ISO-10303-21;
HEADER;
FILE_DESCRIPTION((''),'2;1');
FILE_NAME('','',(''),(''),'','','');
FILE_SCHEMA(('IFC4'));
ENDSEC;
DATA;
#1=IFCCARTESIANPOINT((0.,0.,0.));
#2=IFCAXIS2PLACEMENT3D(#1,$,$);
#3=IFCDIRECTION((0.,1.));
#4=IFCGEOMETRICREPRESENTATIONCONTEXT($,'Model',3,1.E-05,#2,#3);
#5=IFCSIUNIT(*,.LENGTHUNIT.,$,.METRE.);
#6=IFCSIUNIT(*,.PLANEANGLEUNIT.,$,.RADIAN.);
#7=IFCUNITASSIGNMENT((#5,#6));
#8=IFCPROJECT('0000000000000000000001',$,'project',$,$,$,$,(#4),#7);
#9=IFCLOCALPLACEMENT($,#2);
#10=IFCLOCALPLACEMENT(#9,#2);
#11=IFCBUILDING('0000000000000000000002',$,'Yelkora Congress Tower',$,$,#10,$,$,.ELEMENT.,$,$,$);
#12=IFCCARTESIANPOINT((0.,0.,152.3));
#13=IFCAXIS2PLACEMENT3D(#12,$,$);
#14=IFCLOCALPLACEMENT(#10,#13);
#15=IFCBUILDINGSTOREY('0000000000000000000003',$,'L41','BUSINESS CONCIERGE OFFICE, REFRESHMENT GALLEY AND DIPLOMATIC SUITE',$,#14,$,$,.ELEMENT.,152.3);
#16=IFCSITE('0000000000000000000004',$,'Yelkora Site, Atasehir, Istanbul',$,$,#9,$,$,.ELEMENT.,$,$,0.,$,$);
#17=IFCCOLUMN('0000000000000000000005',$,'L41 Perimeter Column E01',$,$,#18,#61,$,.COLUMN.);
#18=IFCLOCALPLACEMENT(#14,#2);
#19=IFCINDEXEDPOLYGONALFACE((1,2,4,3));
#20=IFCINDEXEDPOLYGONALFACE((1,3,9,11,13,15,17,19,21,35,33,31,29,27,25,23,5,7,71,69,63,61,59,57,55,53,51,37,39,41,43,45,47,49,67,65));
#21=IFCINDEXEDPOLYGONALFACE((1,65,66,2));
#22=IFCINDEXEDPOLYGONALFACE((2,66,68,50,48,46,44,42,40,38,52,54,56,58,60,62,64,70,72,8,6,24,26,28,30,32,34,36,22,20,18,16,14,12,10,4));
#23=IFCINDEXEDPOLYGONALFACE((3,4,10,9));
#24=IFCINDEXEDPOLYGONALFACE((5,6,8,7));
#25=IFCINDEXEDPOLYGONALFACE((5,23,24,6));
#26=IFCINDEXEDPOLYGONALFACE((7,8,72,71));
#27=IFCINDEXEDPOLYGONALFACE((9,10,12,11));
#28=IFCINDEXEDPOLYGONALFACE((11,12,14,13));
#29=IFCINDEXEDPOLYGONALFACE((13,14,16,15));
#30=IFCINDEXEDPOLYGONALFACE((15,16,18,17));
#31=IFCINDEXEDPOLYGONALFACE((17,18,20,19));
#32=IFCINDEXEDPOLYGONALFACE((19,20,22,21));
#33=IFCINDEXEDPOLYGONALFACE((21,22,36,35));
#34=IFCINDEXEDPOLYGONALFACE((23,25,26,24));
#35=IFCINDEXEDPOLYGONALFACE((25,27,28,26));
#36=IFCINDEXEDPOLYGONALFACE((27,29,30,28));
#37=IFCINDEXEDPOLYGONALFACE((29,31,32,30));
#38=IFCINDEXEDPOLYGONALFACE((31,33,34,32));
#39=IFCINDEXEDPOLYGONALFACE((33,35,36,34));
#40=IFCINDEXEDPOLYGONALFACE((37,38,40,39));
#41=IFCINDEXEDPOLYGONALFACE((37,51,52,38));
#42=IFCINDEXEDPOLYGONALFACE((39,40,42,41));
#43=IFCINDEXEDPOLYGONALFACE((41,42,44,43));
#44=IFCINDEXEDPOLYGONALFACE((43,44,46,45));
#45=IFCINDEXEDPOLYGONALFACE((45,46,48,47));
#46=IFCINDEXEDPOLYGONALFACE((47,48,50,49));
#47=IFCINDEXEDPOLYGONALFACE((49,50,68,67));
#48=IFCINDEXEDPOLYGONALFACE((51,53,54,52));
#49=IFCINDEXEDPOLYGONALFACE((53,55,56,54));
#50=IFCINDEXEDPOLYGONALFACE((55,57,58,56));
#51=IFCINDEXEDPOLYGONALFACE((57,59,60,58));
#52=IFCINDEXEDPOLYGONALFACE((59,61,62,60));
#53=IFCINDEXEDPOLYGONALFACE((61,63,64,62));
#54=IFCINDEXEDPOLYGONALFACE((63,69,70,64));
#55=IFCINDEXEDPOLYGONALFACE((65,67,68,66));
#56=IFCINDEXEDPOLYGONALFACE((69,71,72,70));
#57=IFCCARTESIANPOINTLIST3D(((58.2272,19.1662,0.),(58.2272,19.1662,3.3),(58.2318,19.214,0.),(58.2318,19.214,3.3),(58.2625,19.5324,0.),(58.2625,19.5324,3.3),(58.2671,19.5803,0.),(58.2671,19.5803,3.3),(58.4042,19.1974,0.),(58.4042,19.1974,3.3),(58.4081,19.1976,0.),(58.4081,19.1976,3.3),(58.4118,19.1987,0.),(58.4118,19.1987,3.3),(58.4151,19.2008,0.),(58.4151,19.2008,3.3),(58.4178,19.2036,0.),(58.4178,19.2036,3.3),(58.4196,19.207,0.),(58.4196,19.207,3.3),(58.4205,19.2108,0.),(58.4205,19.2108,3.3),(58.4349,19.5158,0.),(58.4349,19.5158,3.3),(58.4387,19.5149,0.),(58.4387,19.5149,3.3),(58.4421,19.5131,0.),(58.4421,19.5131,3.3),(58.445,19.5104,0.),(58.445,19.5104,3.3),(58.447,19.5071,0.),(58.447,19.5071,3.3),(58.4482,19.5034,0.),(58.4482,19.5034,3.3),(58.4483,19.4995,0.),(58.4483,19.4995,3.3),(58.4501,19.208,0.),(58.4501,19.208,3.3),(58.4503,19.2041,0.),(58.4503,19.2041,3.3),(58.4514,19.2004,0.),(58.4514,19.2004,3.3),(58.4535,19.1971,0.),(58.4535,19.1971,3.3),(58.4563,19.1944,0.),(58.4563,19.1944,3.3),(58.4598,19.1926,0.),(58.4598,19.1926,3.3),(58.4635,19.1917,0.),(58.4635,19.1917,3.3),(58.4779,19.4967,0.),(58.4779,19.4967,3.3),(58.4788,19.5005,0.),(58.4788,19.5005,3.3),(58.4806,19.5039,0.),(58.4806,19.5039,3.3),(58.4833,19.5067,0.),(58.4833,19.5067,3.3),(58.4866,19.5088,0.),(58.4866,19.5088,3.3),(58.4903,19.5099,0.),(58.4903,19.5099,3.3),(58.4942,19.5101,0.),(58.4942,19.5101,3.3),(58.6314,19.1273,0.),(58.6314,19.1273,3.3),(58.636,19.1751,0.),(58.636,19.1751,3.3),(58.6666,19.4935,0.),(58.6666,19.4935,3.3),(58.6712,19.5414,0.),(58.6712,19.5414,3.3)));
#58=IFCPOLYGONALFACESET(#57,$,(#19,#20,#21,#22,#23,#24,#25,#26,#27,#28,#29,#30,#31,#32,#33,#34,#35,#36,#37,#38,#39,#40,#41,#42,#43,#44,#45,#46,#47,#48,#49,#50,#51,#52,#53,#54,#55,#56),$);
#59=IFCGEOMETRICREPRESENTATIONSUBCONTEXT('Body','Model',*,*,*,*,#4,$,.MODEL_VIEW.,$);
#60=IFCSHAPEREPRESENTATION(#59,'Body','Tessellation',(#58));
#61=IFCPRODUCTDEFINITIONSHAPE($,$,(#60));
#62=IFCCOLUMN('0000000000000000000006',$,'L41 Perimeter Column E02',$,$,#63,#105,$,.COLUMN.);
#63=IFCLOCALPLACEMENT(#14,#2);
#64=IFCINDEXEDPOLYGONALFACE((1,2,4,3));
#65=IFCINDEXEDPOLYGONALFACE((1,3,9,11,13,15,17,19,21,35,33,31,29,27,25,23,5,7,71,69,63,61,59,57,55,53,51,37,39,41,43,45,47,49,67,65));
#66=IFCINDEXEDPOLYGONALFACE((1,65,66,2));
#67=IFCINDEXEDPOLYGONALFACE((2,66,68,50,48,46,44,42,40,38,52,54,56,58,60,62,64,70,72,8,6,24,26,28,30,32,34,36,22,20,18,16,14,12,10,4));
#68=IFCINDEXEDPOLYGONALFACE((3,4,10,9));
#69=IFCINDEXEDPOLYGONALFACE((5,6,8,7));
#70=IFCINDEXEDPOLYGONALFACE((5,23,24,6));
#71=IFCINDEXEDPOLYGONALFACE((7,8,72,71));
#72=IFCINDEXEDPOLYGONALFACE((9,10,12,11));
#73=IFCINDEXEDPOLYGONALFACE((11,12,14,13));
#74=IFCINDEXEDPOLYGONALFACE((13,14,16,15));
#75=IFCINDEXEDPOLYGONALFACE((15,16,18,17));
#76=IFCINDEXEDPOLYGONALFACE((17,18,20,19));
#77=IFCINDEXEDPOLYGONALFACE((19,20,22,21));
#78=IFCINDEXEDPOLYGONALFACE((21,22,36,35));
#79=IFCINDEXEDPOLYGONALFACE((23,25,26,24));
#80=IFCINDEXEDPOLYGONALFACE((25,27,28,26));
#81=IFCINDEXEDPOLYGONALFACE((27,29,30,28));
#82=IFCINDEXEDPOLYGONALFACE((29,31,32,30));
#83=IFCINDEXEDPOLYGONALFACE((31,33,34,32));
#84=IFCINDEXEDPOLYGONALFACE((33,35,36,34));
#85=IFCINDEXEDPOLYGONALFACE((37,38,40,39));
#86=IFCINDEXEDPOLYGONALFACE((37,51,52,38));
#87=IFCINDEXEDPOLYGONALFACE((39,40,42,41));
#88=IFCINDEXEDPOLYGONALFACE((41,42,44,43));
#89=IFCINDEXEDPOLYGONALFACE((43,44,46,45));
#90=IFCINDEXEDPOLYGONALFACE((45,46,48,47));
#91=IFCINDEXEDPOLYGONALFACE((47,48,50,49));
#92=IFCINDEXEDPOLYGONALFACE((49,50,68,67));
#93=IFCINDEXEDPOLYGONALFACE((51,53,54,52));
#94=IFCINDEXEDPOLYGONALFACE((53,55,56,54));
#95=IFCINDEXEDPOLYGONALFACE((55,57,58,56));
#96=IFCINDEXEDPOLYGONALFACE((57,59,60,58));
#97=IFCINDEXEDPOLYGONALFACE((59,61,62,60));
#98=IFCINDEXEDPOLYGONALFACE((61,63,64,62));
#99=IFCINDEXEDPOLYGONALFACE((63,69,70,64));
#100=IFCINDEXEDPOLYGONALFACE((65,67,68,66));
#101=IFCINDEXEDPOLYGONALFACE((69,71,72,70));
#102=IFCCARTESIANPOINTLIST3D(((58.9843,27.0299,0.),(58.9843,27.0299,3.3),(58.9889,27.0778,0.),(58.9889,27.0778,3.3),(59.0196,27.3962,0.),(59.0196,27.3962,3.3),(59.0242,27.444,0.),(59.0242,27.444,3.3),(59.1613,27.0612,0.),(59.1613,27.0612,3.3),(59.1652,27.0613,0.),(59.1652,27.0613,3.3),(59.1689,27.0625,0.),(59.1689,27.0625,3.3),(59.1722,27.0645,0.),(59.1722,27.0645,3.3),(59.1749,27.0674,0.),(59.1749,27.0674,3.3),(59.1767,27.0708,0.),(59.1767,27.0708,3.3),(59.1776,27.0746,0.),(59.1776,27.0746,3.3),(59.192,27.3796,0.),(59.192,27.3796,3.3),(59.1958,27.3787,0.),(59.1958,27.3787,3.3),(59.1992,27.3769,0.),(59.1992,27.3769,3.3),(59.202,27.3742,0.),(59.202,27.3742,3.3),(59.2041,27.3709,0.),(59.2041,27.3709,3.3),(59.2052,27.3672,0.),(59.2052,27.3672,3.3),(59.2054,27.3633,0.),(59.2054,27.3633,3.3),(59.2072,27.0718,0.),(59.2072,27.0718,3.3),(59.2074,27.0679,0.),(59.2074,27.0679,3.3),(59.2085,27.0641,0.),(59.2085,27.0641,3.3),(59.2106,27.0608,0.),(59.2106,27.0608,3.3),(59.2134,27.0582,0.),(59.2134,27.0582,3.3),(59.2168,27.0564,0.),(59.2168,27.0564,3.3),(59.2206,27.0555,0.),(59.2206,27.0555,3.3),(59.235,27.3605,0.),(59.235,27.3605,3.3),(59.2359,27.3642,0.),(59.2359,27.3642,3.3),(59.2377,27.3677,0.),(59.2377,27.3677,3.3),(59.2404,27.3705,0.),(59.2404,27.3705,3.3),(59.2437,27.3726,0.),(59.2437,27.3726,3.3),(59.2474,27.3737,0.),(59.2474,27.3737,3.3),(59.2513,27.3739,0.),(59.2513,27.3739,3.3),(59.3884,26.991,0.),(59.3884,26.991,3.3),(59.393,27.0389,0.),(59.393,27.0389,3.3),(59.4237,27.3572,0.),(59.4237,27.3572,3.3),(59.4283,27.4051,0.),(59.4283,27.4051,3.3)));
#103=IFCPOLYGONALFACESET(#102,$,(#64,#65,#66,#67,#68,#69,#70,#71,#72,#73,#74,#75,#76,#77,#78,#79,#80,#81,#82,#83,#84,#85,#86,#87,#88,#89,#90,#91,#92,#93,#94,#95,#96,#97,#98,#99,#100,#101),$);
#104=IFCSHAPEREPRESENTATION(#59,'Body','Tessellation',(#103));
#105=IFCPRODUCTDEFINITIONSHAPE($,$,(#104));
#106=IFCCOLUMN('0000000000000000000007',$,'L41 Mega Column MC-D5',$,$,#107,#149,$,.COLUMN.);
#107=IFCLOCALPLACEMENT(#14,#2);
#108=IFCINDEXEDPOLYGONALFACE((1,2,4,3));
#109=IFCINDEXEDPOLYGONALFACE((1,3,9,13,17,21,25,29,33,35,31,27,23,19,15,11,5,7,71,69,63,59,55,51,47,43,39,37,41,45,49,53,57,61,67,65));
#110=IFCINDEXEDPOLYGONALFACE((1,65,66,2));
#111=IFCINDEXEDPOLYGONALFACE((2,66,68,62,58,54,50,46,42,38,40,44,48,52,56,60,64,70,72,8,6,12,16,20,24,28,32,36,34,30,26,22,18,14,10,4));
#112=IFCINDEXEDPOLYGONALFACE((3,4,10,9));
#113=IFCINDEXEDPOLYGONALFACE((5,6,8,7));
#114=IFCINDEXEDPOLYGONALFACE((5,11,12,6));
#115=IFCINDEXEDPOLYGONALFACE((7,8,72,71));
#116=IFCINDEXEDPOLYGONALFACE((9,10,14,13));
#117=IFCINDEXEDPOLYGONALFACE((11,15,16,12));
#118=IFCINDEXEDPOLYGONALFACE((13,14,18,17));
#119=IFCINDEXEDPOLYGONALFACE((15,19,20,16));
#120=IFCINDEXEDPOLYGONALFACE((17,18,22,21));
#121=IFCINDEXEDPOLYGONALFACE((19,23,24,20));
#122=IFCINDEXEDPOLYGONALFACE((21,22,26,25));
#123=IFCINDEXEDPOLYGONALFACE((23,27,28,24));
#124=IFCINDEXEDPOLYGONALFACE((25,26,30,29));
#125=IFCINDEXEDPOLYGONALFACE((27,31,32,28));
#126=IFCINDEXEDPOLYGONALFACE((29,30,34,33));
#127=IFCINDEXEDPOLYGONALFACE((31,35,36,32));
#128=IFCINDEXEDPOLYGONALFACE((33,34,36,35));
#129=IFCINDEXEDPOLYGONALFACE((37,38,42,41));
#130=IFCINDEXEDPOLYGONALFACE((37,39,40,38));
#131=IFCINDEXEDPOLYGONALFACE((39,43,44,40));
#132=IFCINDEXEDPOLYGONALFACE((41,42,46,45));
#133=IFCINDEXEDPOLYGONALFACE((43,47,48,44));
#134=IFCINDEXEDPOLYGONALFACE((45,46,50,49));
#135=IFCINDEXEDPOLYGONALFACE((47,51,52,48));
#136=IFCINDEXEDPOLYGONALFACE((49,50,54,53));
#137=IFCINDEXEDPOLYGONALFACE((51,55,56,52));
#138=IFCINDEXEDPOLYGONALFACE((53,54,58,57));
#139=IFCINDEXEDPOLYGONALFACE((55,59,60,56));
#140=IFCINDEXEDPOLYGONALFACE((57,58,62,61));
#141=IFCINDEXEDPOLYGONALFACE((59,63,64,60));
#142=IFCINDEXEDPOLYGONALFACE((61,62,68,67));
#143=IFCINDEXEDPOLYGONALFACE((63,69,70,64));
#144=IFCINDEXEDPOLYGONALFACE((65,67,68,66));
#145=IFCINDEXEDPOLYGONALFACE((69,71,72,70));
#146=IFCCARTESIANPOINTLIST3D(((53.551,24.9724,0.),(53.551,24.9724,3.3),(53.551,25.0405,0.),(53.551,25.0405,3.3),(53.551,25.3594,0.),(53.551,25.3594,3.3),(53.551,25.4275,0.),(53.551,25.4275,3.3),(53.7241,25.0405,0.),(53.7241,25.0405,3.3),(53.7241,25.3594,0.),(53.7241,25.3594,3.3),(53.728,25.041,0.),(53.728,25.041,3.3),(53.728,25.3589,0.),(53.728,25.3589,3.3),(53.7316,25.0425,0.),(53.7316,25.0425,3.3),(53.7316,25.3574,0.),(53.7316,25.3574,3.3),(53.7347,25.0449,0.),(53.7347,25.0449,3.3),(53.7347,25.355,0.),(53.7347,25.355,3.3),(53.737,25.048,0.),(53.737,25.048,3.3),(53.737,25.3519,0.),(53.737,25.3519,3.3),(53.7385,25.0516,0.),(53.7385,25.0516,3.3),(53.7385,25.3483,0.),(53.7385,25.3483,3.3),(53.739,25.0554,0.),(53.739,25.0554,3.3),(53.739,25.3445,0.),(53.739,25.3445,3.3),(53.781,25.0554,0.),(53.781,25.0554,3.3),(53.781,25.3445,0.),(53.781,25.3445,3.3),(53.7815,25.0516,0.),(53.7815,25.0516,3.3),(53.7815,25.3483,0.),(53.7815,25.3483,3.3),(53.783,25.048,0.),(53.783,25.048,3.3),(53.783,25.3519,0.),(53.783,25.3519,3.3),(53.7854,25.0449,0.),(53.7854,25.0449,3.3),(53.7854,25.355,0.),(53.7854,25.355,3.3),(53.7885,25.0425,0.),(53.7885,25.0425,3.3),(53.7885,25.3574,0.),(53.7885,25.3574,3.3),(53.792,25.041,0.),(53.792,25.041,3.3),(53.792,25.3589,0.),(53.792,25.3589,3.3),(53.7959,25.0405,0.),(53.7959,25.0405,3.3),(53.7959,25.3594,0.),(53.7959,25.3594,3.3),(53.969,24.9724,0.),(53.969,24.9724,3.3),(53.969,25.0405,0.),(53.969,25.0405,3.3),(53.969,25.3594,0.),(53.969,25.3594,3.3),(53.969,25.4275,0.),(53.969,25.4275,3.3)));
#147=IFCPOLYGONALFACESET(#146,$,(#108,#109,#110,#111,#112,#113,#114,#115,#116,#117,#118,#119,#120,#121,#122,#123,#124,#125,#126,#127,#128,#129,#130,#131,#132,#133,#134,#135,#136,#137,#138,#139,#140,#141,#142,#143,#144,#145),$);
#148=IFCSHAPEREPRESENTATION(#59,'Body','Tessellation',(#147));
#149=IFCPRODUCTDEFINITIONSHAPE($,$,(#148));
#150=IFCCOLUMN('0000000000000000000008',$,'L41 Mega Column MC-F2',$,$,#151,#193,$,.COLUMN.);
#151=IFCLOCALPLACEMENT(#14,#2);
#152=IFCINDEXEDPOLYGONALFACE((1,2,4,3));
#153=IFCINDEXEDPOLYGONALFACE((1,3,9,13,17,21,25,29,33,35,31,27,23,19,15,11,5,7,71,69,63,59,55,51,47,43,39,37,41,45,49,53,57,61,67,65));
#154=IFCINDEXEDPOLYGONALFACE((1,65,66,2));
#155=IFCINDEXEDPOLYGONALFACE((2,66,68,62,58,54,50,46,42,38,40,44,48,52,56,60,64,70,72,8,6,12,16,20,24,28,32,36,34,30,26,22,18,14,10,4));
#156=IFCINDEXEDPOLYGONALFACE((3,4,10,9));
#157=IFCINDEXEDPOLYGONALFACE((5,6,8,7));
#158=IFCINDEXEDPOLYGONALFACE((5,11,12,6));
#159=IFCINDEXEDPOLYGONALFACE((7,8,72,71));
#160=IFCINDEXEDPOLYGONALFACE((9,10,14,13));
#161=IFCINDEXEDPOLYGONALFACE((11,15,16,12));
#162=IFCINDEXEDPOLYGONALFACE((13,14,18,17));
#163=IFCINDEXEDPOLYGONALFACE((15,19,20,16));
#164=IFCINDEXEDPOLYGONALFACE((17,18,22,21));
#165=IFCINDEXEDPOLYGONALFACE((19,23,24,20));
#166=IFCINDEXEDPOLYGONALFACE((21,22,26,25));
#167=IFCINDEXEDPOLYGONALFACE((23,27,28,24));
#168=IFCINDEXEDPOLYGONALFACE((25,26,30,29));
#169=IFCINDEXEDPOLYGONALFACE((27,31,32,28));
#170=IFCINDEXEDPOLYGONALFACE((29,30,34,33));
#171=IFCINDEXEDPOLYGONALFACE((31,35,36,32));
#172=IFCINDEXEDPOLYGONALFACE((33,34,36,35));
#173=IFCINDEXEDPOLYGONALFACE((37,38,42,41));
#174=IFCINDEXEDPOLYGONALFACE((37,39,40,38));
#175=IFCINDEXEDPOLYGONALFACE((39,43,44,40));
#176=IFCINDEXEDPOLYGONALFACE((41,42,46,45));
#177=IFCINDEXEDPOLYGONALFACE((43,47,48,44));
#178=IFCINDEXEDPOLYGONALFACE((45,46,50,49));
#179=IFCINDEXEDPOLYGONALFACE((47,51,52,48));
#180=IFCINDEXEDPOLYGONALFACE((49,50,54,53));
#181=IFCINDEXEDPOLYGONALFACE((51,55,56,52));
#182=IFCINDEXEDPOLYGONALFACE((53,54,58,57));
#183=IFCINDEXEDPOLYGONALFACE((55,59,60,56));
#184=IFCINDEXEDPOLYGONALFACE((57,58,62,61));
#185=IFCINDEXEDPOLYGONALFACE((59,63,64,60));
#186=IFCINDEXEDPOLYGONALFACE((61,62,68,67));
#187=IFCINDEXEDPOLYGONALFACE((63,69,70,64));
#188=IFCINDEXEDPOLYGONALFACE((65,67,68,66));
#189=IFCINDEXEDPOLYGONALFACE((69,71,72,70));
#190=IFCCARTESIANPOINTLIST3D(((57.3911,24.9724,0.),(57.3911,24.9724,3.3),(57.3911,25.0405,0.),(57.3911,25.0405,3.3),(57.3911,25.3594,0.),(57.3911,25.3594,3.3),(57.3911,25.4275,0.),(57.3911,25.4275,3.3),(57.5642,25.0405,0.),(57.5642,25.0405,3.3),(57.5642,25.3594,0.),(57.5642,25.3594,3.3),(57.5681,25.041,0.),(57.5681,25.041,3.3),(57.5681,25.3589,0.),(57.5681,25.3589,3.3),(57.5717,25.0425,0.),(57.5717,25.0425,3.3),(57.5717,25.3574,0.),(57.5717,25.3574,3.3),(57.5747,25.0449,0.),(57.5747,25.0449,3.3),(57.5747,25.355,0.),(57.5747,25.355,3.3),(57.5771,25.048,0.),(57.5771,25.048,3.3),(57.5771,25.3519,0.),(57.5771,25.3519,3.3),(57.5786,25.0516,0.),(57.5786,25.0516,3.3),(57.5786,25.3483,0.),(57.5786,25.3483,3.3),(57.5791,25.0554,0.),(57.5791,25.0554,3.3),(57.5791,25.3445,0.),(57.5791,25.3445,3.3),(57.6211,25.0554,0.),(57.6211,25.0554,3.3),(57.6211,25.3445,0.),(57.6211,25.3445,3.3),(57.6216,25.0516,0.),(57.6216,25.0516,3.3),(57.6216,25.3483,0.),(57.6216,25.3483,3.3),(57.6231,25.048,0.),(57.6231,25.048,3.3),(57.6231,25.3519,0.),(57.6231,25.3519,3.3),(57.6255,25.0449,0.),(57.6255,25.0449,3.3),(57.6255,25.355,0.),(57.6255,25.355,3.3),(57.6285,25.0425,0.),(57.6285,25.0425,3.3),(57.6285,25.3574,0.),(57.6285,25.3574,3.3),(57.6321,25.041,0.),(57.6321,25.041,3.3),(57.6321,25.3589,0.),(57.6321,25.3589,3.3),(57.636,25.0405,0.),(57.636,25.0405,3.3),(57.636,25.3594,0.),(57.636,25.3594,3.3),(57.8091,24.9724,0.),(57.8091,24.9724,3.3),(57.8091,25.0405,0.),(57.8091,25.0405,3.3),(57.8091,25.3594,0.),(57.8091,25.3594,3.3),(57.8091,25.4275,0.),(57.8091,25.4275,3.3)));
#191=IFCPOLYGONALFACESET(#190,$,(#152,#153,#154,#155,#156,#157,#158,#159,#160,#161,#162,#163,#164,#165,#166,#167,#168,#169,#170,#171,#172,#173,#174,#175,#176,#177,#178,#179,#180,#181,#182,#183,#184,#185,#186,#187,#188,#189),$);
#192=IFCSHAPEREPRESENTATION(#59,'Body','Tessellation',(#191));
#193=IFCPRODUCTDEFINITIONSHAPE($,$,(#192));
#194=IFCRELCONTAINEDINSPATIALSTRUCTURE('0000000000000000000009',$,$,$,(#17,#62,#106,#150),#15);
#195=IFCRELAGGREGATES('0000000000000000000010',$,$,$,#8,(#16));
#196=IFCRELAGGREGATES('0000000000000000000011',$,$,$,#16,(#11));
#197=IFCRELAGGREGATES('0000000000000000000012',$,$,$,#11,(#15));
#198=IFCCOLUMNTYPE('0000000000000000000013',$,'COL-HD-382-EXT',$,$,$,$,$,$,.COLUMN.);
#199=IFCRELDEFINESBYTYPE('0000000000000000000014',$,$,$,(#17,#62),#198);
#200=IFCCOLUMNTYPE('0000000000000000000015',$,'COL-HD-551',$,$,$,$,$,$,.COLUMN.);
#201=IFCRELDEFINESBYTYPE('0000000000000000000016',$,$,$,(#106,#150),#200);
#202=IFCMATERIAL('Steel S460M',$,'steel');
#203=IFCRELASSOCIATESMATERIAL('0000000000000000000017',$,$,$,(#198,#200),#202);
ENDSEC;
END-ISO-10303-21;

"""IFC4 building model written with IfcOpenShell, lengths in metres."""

from ifc_helpers import new_model, si_unit, direction, frame, origin, origin_2d, place, context, subcontext, project, spatial, i_section, extrude, material, material_profile, profile_set, type_object, element, save


model = new_model("IFC4")

# Units and contexts
model_context = context("Model", 3, precision=1e-05, world=origin(), true_north=direction((0.0, 1.0)))
body_context = subcontext(model_context, "Body", "Model", "MODEL_VIEW")
ifc_project = project(units=[si_unit("LENGTHUNIT", "METRE"), si_unit("PLANEANGLEUNIT", "RADIAN")], contexts=[model_context])

# Site, building, storey
site_placement = place(None, origin())
site = spatial("IfcSite", under=ifc_project, at=site_placement, Name="Yelkora Site, Atasehir, Istanbul", CompositionType="ELEMENT", RefElevation=0.0)
building_placement = place(site_placement, origin())
building = spatial("IfcBuilding", under=site, at=building_placement, Name="Yelkora Congress Tower", CompositionType="ELEMENT")
storey_placement = place(building_placement, frame((0.0, 0.0, 152.3)))
storey = spatial("IfcBuildingStorey", under=building, at=storey_placement, Name="L41", Description="BUSINESS CONCIERGE OFFICE, REFRESHMENT GALLEY AND DIPLOMATIC SUITE", CompositionType="ELEMENT", Elevation=152.3)

# Columns
ifc_material_1 = material(Name="Steel S460M", Category="steel")
ifc_material_profile_1 = material_profile(ifc_material_1, i_section(OverallWidth=0.406, OverallDepth=0.416, WebThickness=0.0298, FlangeThickness=0.0481, FilletRadius=0.0149, at=origin_2d()), Name="HD 400x382")
ifc_profile_set_1 = profile_set([ifc_material_profile_1], Name="Steel S460M")
column_type_1 = type_object("IfcColumnType", Name="COL-HD-382-EXT", PredefinedType="COLUMN", material=ifc_profile_set_1)
for number, where, z_axis, x_axis, name in (
    (1, (58.4492, 19.3538, 0.0), (0.0, 0.0, 1.0), (0.995396, -0.095846, 0.0), "L41 Perimeter Column E01"),
    (2, (59.2063, 27.2175, 0.0), (0.0, 0.0, 1.0), (0.995396, -0.095846, 0.0), "L41 Perimeter Column E02"),
):
    element("IfcColumn", number, at=place(storey_placement, frame(where, z_axis=z_axis, x_axis=x_axis)), inside=storey, type_object=column_type_1, Name=name, PredefinedType="COLUMN", context=body_context, shape_type="SweptSolid", body=[
        extrude(i_section(OverallWidth=0.406, OverallDepth=0.416, WebThickness=0.0298, FlangeThickness=0.0481, FilletRadius=0.0149, at=origin_2d()), origin(), (0.0, 0.0, 1.0), 3.3),
    ])
ifc_material_profile_2 = material_profile(ifc_material_1, i_section(OverallWidth=0.418, OverallDepth=0.4551, WebThickness=0.042, FlangeThickness=0.0681, FilletRadius=0.0149, at=origin_2d()), Name="HD 400x551")
ifc_profile_set_2 = profile_set([ifc_material_profile_2], Name="Steel S460M")
column_type_2 = type_object("IfcColumnType", Name="COL-HD-551", PredefinedType="COLUMN", material=ifc_profile_set_2)
for number, where, z_axis, x_axis, name in (
    (3, (53.76, 25.2, 0.0), (0.0, 0.0, 1.0), (1.0, 0.0, 0.0), "L41 Mega Column MC-D5"),
    (4, (57.6001, 25.2, 0.0), (0.0, 0.0, 1.0), (1.0, 0.0, 0.0), "L41 Mega Column MC-F2"),
):
    element("IfcColumn", number, at=place(storey_placement, frame(where, z_axis=z_axis, x_axis=x_axis)), inside=storey, type_object=column_type_2, Name=name, PredefinedType="COLUMN", context=body_context, shape_type="SweptSolid", body=[
        extrude(i_section(OverallWidth=0.418, OverallDepth=0.4551, WebThickness=0.042, FlangeThickness=0.0681, FilletRadius=0.0149, at=origin_2d()), origin(), (0.0, 0.0, 1.0), 3.3),
    ])

save(model, "model.ifc")
